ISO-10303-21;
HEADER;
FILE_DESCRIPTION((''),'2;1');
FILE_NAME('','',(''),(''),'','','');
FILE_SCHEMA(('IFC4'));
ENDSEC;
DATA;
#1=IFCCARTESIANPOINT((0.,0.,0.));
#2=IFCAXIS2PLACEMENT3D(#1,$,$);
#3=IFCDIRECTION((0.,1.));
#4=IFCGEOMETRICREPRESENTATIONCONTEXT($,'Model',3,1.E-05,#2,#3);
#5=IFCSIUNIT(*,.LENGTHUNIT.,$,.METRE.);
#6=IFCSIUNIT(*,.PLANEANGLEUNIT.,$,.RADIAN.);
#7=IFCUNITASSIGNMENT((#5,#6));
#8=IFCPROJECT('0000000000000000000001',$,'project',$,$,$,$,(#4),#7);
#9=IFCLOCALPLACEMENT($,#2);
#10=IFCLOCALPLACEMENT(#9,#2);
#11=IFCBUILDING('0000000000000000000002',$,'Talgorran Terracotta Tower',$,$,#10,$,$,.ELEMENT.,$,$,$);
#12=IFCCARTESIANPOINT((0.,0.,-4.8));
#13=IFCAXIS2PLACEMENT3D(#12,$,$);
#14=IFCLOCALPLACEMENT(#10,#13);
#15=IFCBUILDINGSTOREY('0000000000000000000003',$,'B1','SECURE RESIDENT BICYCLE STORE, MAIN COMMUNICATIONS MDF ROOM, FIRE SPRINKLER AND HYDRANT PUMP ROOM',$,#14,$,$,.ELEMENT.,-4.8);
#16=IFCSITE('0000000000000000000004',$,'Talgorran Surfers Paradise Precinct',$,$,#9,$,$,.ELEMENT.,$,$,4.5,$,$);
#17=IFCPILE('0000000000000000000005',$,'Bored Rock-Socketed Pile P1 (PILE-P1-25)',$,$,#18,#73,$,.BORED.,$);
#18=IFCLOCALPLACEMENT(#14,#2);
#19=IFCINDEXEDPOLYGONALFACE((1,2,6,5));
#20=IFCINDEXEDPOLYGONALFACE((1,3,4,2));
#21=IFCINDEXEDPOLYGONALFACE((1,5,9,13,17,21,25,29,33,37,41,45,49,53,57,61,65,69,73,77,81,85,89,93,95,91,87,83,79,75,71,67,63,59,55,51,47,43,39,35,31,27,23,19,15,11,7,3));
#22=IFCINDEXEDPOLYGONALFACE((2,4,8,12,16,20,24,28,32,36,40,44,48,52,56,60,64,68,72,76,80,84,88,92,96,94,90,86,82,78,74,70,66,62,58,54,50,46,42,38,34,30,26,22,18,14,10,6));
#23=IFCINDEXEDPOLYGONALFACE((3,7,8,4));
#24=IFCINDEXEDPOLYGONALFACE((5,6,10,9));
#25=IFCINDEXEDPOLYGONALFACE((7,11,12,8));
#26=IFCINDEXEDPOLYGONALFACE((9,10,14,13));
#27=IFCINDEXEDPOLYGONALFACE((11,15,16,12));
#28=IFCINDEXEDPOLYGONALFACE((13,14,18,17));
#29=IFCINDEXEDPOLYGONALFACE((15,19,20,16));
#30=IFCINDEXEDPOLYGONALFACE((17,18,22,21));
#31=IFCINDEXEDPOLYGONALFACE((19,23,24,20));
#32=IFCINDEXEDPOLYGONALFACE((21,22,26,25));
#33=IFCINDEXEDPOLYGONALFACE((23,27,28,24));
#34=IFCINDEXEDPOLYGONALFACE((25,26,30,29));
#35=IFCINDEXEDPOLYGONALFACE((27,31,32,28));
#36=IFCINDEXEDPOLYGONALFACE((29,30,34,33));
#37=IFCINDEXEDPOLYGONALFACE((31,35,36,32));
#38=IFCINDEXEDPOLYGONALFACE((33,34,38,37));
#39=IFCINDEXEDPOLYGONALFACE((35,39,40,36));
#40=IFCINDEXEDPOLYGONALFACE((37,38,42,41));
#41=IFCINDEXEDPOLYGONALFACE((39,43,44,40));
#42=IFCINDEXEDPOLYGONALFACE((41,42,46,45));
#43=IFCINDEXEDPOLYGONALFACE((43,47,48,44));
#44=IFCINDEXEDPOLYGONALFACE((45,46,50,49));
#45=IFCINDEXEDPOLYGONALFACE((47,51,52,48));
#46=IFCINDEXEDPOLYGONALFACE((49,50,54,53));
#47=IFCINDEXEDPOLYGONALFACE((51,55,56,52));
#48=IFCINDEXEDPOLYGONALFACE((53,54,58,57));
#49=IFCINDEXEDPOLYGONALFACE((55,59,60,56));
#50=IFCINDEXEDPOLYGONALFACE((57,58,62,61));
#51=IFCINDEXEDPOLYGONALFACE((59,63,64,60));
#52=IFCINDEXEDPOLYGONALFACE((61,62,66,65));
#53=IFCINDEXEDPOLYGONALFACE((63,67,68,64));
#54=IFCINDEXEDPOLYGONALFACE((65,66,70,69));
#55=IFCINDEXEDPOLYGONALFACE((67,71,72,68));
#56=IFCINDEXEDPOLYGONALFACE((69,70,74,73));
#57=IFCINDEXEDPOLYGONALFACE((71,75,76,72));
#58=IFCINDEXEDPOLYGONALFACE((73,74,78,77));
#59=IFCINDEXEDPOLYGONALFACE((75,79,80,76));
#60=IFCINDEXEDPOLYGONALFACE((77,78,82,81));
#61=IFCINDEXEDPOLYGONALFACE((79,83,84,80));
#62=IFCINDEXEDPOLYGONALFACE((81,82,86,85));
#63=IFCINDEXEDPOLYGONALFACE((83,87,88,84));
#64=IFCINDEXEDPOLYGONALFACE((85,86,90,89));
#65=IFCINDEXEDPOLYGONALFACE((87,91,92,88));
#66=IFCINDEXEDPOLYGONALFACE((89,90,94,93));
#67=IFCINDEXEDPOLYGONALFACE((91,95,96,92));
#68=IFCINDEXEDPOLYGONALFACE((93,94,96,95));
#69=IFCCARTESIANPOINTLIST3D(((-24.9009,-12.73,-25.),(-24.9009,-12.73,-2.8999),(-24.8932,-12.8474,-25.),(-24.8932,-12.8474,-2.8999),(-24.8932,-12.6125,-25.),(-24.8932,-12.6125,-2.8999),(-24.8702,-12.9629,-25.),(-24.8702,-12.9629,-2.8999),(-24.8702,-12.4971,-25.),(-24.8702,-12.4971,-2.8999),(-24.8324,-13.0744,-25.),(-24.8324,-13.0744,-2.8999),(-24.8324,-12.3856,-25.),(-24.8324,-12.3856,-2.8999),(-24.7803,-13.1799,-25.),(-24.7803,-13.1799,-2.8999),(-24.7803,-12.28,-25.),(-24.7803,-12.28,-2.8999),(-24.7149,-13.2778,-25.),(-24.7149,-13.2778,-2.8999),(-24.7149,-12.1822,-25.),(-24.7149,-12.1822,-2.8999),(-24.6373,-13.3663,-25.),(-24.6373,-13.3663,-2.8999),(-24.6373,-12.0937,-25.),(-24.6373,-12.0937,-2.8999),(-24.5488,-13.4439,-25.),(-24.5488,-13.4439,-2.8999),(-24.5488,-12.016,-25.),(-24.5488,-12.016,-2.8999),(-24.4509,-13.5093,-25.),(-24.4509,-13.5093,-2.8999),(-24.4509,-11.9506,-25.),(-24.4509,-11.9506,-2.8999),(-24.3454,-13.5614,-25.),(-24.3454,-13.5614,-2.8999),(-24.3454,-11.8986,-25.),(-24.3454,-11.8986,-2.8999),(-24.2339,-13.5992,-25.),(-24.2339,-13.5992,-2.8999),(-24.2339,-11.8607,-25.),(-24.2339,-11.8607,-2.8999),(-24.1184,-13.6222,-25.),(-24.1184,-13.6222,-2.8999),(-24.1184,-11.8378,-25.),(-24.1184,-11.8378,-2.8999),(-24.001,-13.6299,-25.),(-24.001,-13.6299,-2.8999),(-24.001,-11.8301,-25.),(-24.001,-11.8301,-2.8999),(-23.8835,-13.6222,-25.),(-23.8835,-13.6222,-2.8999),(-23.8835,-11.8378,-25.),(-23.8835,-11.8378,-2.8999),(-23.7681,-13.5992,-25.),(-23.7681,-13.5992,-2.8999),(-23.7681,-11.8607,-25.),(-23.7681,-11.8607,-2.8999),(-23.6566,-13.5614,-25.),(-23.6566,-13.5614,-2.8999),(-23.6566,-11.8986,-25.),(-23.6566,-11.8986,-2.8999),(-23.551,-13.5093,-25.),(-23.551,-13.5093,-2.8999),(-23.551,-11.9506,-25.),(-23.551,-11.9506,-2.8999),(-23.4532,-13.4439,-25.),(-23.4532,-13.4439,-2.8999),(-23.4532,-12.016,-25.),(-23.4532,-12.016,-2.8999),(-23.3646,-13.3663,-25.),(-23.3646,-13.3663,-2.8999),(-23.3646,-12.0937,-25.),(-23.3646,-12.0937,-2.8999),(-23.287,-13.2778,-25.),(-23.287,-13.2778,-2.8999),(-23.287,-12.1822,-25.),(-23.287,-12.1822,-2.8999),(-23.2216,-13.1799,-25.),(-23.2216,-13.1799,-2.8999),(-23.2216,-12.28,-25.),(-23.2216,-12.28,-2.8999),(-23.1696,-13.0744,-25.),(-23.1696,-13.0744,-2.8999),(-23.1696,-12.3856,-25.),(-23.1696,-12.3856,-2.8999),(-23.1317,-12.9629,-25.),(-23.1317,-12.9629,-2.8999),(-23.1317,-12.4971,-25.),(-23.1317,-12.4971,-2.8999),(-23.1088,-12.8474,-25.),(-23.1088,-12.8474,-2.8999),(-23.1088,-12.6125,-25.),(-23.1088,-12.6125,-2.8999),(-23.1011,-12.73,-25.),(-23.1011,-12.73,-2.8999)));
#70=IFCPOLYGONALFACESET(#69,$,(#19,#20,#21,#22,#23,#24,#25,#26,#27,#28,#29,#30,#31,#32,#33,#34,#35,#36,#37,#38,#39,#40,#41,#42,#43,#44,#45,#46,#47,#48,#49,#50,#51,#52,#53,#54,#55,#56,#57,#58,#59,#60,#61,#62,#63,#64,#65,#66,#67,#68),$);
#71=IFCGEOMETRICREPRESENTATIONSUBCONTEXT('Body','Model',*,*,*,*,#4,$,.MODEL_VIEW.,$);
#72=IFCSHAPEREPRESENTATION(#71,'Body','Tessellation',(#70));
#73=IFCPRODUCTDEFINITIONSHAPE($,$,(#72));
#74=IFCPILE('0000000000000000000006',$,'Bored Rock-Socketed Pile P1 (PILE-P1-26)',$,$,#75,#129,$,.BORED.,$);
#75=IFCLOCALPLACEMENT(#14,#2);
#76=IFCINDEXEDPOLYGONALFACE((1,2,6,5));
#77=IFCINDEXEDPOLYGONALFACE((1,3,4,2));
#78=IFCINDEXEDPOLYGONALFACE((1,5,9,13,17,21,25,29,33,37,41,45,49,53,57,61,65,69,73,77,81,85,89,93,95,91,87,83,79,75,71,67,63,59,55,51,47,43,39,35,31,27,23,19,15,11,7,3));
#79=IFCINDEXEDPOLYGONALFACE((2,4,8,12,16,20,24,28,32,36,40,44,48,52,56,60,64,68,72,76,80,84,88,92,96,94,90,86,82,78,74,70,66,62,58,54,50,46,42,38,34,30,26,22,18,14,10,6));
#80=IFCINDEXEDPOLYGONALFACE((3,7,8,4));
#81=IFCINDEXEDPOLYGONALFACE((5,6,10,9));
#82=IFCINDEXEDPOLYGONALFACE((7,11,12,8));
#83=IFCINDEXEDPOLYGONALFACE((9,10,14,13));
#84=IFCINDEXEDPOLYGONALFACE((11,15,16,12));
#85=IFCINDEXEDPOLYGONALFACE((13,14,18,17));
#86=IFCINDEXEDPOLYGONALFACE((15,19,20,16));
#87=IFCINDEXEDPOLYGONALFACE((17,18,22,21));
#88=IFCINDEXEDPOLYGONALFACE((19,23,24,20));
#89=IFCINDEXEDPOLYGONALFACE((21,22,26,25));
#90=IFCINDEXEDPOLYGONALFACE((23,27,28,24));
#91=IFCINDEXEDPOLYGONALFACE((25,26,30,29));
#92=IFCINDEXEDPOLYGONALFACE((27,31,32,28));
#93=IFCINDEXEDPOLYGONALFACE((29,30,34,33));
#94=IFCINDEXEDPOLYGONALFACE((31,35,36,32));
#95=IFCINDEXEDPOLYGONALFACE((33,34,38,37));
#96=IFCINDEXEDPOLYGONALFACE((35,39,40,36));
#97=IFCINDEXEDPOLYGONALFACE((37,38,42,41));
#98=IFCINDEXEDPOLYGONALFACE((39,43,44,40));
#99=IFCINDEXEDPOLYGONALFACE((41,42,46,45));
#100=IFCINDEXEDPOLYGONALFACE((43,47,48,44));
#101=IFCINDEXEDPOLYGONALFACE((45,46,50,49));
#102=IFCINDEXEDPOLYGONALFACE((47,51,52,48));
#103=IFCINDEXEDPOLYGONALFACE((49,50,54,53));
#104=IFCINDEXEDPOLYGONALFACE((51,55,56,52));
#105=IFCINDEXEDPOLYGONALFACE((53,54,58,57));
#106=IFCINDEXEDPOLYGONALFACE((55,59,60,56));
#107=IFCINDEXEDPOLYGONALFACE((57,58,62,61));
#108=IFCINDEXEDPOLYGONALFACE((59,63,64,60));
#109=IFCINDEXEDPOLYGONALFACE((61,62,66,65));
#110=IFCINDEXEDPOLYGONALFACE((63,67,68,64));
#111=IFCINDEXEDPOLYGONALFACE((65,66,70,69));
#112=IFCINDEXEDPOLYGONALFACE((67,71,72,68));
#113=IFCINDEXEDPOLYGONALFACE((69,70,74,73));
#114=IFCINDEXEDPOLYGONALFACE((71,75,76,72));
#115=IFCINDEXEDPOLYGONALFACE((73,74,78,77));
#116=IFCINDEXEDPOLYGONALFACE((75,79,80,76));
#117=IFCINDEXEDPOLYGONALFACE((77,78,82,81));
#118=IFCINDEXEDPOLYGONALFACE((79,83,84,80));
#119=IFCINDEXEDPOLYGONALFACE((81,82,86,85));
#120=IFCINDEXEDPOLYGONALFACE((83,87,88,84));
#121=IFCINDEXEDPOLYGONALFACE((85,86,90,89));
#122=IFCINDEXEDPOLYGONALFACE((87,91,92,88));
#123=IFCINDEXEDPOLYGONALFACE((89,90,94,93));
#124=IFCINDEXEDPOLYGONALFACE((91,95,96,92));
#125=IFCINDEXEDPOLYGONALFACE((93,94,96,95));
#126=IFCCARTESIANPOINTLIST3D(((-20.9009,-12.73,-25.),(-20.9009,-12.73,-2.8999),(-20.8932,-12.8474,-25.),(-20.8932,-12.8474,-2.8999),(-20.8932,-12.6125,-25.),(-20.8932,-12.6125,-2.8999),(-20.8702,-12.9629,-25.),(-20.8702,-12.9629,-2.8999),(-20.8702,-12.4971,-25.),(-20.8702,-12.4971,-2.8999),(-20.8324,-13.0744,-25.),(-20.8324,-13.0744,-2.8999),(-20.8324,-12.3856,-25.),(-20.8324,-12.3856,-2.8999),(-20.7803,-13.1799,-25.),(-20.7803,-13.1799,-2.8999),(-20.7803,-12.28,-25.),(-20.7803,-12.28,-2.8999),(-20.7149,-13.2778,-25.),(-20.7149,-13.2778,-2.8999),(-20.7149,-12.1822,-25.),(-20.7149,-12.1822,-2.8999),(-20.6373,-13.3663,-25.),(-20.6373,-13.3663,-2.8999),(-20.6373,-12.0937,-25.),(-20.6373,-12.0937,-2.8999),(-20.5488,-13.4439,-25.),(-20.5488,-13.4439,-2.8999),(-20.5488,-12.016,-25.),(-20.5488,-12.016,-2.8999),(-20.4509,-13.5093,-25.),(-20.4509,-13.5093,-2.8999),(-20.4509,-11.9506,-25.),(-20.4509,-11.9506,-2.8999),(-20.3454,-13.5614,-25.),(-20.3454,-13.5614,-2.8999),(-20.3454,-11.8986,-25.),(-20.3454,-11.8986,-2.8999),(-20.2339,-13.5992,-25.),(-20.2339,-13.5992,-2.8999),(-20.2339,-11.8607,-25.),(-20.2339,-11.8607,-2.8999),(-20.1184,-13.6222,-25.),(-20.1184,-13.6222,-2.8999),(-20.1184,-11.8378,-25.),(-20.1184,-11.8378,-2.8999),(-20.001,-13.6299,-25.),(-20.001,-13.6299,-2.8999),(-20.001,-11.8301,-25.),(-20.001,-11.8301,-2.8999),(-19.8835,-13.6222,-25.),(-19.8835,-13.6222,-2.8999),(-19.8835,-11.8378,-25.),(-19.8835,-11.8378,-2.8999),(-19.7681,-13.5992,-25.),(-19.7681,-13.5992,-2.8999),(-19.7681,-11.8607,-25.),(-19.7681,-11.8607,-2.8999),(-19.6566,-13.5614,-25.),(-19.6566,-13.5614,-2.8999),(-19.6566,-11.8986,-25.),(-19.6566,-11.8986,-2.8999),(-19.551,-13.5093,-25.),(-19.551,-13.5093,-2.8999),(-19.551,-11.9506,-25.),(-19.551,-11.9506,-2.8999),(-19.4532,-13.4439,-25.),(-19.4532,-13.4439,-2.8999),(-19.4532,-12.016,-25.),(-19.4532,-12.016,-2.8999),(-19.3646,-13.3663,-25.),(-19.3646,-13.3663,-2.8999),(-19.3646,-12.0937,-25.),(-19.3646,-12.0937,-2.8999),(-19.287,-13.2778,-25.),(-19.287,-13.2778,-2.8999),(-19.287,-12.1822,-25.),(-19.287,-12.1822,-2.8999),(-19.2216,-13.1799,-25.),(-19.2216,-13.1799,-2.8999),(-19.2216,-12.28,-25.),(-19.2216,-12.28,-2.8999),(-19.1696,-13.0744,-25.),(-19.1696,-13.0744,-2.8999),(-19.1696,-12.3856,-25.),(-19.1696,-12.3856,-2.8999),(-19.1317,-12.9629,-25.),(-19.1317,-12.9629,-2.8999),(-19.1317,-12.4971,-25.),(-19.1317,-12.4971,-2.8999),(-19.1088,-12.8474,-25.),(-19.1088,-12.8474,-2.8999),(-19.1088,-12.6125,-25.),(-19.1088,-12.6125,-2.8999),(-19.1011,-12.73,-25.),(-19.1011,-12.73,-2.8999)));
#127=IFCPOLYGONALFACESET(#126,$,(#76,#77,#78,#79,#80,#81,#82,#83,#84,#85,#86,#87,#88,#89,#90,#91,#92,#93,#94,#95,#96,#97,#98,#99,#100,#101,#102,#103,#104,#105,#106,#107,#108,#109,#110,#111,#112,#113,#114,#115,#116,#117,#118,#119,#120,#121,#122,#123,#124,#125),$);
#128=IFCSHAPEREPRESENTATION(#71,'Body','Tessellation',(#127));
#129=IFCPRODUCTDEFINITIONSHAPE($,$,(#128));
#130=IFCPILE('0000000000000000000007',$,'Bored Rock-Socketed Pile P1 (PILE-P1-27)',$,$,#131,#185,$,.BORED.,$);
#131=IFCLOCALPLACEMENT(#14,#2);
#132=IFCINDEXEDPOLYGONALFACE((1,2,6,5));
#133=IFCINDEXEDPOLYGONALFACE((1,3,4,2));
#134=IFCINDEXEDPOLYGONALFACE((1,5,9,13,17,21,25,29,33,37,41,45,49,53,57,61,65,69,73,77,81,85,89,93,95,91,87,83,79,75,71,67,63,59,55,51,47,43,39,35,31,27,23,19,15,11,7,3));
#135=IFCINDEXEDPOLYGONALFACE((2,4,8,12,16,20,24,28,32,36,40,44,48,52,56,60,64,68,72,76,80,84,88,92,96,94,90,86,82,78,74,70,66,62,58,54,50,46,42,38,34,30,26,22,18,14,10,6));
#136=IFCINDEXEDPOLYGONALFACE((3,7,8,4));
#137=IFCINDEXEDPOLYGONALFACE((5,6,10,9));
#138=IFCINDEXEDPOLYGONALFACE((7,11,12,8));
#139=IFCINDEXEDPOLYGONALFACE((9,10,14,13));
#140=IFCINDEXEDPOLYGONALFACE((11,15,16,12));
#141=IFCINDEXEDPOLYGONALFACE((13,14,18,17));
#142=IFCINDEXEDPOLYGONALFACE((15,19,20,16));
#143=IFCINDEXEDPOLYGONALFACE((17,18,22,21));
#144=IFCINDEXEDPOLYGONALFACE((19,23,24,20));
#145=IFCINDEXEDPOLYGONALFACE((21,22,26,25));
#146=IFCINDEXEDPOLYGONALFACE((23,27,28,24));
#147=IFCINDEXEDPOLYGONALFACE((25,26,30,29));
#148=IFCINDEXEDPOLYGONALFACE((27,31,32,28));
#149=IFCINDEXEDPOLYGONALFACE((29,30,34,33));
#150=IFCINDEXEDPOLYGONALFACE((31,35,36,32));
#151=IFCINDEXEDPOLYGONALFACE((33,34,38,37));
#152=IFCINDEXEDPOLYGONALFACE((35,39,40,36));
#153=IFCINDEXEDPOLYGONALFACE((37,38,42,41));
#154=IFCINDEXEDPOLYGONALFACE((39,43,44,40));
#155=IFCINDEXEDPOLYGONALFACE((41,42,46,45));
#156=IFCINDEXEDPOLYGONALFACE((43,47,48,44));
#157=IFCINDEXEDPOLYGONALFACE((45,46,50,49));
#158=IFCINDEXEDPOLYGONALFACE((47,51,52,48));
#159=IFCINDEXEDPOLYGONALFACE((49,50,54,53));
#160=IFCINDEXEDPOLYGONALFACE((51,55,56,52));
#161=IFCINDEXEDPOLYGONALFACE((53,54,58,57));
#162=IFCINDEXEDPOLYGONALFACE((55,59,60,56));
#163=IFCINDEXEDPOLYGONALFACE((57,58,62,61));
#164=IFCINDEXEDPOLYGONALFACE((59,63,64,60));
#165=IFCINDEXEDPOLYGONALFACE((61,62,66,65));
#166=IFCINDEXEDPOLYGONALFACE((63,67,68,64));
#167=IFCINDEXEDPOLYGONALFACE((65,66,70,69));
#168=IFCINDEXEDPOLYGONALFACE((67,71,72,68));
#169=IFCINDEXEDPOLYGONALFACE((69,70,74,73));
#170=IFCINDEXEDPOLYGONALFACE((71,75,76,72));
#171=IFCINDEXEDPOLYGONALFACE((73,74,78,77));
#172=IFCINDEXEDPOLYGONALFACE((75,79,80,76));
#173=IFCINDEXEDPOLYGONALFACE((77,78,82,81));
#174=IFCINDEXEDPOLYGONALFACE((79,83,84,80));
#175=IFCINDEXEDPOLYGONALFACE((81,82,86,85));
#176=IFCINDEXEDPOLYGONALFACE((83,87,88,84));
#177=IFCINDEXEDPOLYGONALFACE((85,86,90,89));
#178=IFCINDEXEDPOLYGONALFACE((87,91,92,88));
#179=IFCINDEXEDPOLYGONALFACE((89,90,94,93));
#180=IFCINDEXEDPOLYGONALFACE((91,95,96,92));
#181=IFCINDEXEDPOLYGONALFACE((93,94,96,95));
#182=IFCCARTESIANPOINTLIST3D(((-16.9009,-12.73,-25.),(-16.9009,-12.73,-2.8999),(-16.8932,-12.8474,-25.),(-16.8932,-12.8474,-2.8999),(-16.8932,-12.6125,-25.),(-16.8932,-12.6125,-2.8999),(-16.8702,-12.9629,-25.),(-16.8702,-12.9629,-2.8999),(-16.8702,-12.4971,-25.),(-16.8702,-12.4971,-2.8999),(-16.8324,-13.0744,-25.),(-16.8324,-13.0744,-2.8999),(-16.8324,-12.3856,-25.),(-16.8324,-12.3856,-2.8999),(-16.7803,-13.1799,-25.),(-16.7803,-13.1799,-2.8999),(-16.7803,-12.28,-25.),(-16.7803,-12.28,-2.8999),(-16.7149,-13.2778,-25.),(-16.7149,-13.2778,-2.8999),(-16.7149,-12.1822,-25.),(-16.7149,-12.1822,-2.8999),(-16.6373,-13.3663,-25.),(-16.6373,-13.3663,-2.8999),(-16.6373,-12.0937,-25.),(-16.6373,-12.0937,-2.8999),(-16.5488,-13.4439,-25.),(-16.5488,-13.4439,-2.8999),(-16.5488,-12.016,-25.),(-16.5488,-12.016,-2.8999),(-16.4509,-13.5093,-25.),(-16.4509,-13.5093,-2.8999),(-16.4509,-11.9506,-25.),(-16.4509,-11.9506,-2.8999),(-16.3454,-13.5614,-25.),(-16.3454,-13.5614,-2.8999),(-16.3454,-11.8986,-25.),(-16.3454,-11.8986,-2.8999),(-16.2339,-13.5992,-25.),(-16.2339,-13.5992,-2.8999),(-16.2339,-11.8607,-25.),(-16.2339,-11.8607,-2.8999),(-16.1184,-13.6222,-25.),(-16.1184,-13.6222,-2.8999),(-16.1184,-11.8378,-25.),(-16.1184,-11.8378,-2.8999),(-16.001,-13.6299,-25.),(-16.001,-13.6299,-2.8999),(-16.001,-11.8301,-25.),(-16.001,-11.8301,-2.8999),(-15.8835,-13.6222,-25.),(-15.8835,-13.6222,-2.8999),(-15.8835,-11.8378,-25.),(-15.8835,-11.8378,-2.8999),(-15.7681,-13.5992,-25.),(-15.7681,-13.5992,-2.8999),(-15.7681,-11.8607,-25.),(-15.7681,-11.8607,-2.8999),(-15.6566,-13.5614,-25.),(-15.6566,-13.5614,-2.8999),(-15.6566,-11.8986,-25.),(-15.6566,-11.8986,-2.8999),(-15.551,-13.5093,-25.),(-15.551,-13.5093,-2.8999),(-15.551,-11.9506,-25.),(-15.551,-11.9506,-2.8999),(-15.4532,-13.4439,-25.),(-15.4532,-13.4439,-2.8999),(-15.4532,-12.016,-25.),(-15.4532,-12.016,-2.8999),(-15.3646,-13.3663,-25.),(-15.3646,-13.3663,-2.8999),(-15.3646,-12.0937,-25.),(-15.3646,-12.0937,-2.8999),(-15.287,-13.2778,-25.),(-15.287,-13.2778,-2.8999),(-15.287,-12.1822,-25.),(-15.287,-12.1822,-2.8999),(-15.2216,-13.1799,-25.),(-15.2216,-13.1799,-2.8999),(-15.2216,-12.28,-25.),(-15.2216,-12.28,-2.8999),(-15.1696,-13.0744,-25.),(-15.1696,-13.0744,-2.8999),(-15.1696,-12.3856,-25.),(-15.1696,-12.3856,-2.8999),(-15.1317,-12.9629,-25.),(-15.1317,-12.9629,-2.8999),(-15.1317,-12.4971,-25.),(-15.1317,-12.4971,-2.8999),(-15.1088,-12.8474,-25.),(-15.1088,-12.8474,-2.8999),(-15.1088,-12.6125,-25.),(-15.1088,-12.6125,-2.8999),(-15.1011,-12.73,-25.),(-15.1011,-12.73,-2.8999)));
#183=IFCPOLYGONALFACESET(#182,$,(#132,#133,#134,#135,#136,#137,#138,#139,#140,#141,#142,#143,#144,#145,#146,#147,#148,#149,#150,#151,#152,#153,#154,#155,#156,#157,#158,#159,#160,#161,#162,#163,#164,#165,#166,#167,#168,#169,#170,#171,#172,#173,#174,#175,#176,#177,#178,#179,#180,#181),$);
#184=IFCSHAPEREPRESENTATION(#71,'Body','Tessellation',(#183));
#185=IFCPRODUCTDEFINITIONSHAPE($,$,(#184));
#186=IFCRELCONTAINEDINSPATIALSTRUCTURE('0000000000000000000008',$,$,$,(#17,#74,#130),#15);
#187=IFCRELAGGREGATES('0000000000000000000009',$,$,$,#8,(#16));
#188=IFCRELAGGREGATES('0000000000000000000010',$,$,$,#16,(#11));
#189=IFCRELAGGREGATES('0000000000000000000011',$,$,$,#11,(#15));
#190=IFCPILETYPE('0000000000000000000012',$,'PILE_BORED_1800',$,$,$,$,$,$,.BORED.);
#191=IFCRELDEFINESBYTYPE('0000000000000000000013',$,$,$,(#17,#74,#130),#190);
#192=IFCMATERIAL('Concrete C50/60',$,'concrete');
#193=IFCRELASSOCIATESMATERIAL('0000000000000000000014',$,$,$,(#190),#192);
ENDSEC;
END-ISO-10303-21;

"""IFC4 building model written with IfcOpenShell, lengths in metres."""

from ifc_helpers import new_model, si_unit, direction, frame, origin, origin_2d, place, context, subcontext, project, spatial, circle, extrude, material, material_profile, profile_set, type_object, element, save


model = new_model("IFC4")

# Units and contexts
model_context = context("Model", 3, precision=1e-05, world=origin(), true_north=direction((0.0, 1.0)))
body_context = subcontext(model_context, "Body", "Model", "MODEL_VIEW")
ifc_project = project(units=[si_unit("LENGTHUNIT", "METRE"), si_unit("PLANEANGLEUNIT", "RADIAN")], contexts=[model_context])

# Site, building, storey
site_placement = place(None, origin())
site = spatial("IfcSite", under=ifc_project, at=site_placement, Name="Talgorran Surfers Paradise Precinct", CompositionType="ELEMENT", RefElevation=4.5)
building_placement = place(site_placement, origin())
building = spatial("IfcBuilding", under=site, at=building_placement, Name="Talgorran Terracotta Tower", CompositionType="ELEMENT")
storey_placement = place(building_placement, frame((0.0, 0.0, -4.8)))
storey = spatial("IfcBuildingStorey", under=building, at=storey_placement, Name="B1", Description="SECURE RESIDENT BICYCLE STORE, MAIN COMMUNICATIONS MDF ROOM, FIRE SPRINKLER AND HYDRANT PUMP ROOM", CompositionType="ELEMENT", Elevation=-4.8)

# Shared definitions
ifc_material_1 = material(Name="Concrete C50/60", Category="concrete")

# Piles
ifc_material_profile_1 = material_profile(ifc_material_1, circle(Radius=0.8999, at=origin_2d()), Name="PILE1800")
ifc_profile_set_1 = profile_set([ifc_material_profile_1], Name="Concrete C50/60")
pile_type = type_object("IfcPileType", Name="PILE_BORED_1800", PredefinedType="BORED", material=ifc_profile_set_1)
for number, where, z_axis, x_axis, name in (
    (1, (-24.001, -12.73, -2.8999), (0.0, 0.0, -1.0), (1.0, 0.0, 0.0), "Bored Rock-Socketed Pile P1 (PILE-P1-25)"),
    (2, (-20.001, -12.73, -2.8999), (0.0, 0.0, -1.0), (1.0, 0.0, 0.0), "Bored Rock-Socketed Pile P1 (PILE-P1-26)"),
    (3, (-16.001, -12.73, -2.8999), (0.0, 0.0, -1.0), (1.0, 0.0, 0.0), "Bored Rock-Socketed Pile P1 (PILE-P1-27)"),
):
    element("IfcPile", number, at=place(storey_placement, frame(where, z_axis=z_axis, x_axis=x_axis)), inside=storey, type_object=pile_type, Name=name, PredefinedType="BORED", context=body_context, shape_type="SweptSolid", body=[
        extrude(circle(Radius=0.8999, at=origin_2d()), origin(), (0.0, 0.0, 1.0), 22.1001),
    ])

save(model, "model.ifc")
